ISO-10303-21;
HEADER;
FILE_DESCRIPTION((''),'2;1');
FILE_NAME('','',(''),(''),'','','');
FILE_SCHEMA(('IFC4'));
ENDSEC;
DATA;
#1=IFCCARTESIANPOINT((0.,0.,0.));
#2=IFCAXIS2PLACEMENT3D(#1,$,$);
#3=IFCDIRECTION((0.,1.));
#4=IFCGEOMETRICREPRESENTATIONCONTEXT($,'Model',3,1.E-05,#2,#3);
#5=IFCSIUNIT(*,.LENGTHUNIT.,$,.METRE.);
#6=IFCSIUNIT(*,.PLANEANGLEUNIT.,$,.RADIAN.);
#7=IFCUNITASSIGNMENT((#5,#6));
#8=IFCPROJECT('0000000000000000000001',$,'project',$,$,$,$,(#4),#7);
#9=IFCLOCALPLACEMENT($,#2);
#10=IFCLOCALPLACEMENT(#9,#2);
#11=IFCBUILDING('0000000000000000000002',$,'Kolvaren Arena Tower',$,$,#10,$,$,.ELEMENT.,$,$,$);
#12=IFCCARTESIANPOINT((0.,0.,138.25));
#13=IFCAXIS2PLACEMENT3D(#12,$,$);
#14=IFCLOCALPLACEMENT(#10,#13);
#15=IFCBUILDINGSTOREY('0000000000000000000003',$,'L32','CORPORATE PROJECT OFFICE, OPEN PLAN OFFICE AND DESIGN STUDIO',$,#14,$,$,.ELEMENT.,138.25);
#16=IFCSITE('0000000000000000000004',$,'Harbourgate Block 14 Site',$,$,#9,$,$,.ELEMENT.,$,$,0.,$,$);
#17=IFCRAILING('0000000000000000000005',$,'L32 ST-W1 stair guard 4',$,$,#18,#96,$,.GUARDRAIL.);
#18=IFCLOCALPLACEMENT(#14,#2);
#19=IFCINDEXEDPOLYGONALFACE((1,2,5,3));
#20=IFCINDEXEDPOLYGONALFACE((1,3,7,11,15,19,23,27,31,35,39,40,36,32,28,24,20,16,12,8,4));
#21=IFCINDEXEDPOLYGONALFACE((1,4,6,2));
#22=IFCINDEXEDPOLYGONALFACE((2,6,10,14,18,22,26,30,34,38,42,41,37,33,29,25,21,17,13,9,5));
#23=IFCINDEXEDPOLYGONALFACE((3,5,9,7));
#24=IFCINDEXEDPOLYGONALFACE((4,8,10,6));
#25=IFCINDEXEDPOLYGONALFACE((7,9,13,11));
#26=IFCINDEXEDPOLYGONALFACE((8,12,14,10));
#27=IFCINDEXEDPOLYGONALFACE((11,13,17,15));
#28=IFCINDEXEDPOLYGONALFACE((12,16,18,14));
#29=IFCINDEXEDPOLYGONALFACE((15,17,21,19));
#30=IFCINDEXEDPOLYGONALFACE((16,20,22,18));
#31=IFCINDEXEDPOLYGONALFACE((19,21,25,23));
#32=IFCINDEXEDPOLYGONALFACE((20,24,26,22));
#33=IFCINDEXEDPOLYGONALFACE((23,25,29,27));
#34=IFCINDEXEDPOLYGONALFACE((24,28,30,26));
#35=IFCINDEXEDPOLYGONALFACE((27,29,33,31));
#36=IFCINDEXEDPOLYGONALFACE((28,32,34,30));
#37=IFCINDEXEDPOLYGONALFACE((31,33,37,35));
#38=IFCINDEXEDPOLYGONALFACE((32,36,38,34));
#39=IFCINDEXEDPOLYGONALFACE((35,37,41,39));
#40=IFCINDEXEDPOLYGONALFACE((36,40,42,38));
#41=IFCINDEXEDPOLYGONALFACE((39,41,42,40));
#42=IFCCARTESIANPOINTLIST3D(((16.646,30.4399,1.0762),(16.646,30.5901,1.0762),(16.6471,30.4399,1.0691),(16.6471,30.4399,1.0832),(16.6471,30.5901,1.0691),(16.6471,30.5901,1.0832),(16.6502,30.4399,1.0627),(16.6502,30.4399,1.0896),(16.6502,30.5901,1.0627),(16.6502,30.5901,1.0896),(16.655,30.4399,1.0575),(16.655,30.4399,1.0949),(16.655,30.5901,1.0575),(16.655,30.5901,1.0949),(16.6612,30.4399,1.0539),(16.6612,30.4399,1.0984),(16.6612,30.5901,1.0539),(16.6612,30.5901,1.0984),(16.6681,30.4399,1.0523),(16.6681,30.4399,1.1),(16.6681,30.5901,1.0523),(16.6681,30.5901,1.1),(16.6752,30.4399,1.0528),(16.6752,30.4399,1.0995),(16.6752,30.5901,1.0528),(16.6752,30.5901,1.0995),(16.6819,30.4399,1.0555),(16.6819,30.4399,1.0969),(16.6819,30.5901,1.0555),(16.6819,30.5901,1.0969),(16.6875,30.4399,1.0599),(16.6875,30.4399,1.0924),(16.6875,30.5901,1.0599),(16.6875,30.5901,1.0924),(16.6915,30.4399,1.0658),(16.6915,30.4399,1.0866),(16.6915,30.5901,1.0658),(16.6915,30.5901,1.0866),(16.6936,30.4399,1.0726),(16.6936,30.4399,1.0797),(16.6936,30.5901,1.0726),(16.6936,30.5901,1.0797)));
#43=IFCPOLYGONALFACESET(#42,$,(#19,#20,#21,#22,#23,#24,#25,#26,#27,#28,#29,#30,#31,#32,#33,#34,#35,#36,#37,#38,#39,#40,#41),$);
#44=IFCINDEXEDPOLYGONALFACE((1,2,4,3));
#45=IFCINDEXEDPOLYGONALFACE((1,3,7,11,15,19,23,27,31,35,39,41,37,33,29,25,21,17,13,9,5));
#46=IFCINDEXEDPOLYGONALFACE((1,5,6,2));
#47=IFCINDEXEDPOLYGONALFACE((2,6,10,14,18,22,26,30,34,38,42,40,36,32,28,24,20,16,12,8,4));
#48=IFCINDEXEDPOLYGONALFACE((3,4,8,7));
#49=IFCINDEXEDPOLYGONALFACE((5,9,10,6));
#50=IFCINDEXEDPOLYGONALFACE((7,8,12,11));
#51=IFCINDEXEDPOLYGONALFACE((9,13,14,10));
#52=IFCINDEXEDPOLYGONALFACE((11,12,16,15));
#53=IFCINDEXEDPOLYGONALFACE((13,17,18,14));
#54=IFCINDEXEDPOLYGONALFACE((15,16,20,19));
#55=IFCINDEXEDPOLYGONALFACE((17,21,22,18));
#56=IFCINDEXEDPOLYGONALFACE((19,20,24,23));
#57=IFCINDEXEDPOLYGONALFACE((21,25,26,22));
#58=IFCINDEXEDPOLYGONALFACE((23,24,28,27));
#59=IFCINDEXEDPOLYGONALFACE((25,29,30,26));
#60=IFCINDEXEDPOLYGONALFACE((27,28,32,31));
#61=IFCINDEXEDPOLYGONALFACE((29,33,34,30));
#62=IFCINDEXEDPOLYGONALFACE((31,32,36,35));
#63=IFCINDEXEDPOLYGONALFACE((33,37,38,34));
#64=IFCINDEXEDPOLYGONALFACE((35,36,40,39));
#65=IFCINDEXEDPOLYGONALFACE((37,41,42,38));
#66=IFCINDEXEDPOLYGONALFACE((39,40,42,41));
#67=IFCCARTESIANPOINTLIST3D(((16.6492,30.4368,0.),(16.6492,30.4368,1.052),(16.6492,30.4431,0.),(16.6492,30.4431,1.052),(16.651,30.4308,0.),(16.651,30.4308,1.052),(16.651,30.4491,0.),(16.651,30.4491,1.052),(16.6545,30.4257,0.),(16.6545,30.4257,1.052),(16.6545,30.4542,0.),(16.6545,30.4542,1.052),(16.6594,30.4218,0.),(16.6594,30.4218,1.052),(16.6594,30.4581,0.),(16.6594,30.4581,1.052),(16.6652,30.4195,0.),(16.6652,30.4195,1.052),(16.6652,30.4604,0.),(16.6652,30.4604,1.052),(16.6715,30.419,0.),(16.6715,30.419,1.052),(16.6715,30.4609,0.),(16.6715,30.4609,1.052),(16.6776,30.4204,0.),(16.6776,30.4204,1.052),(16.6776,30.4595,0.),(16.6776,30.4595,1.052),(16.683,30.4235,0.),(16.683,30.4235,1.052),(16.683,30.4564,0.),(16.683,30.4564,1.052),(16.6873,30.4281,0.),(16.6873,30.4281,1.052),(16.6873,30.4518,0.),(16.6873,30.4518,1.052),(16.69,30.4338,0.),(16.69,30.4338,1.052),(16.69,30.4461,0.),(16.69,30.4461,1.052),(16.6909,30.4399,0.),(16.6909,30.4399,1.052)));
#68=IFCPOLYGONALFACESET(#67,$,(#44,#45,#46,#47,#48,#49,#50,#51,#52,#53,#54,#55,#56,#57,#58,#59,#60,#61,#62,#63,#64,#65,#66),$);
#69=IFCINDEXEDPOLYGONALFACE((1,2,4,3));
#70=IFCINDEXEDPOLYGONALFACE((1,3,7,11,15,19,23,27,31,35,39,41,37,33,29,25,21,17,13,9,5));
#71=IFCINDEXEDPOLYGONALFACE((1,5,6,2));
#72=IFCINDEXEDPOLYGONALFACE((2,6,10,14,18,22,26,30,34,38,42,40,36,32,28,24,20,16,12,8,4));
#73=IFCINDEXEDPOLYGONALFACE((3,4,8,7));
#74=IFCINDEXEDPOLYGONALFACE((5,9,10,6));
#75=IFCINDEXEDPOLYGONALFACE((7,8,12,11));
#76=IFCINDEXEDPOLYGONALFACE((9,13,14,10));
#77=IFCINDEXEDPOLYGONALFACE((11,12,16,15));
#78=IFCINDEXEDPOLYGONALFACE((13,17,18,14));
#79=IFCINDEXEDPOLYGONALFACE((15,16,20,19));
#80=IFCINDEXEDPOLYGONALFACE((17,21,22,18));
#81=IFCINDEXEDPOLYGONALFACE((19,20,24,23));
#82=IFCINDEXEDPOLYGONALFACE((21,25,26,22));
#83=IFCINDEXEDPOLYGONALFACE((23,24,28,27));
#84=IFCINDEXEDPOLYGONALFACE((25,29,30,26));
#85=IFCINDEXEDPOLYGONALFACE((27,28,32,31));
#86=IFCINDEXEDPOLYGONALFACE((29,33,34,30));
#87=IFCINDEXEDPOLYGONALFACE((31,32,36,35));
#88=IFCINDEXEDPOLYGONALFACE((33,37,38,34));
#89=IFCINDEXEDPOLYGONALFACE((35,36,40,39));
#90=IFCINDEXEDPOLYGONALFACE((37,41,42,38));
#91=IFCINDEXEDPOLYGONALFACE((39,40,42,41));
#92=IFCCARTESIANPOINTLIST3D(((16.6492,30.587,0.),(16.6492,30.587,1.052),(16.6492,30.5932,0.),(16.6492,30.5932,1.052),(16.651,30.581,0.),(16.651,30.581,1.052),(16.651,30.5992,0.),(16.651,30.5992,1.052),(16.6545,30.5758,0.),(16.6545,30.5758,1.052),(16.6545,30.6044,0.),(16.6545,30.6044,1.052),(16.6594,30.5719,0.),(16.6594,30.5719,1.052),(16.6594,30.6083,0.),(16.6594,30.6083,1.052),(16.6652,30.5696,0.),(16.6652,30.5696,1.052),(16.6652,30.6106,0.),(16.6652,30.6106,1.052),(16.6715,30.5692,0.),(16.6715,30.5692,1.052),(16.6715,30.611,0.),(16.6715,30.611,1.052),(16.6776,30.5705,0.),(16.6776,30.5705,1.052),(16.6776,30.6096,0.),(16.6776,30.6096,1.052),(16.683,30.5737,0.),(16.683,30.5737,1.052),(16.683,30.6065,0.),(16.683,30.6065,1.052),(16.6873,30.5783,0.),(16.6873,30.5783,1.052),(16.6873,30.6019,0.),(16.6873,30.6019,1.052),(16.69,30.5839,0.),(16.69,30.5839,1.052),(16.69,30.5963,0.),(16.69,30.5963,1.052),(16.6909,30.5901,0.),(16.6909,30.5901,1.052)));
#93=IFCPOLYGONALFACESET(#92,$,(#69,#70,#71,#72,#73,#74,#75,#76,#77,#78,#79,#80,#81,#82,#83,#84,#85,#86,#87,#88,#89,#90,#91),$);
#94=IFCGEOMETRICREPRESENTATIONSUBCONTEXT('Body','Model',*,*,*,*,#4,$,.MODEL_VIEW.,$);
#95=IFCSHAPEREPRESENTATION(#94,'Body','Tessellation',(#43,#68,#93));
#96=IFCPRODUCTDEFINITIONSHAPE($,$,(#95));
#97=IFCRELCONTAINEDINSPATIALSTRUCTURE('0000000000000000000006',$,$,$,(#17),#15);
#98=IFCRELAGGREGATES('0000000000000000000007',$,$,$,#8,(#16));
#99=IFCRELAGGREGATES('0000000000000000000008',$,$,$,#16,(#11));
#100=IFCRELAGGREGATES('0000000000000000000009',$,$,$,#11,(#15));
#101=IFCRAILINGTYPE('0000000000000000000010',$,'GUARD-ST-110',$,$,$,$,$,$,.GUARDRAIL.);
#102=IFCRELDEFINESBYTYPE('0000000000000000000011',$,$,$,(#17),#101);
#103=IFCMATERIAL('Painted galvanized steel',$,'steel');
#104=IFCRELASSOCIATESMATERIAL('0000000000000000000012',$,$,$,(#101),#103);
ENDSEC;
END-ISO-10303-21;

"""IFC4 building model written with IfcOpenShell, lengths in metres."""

from ifc_helpers import new_model, si_unit, direction, frame, origin, origin_2d, place, context, subcontext, project, spatial, circle, extrude, material, type_object, element, save


model = new_model("IFC4")

# Units and contexts
model_context = context("Model", 3, precision=1e-05, world=origin(), true_north=direction((0.0, 1.0)))
body_context = subcontext(model_context, "Body", "Model", "MODEL_VIEW")
ifc_project = project(units=[si_unit("LENGTHUNIT", "METRE"), si_unit("PLANEANGLEUNIT", "RADIAN")], contexts=[model_context])

# Site, building, storey
site_placement = place(None, origin())
site = spatial("IfcSite", under=ifc_project, at=site_placement, Name="Harbourgate Block 14 Site", CompositionType="ELEMENT", RefElevation=0.0)
building_placement = place(site_placement, origin())
building = spatial("IfcBuilding", under=site, at=building_placement, Name="Kolvaren Arena Tower", CompositionType="ELEMENT")
storey_placement = place(building_placement, frame((0.0, 0.0, 138.25)))
storey = spatial("IfcBuildingStorey", under=building, at=storey_placement, Name="L32", Description="CORPORATE PROJECT OFFICE, OPEN PLAN OFFICE AND DESIGN STUDIO", CompositionType="ELEMENT", Elevation=138.25)

# Railing
ifc_material_1 = material(Name="Painted galvanized steel", Category="steel")
railing_type_1 = type_object("IfcRailingType", Name="GUARD-ST-110", PredefinedType="GUARDRAIL", material=ifc_material_1)
railing_1_placement = place(storey_placement, frame((16.6699, 30.4399, 0.0)))
element("IfcRailing", 1, at=railing_1_placement, inside=storey, type_object=railing_type_1, Name="L32 ST-W1 stair guard 4", PredefinedType="GUARDRAIL", context=body_context, shape_type="SweptSolid", body=[
    extrude(circle(Radius=0.0239, at=origin_2d()), frame((0.0, 0.0, 1.0762), z_axis=(0.0, 1.0, 0.0), x_axis=(-1.0, 0.0, 0.0)), (0.0, 0.0, 1.0), 0.1501),
    extrude(circle(Radius=0.021, at=origin_2d()), origin(), (0.0, 0.0, 1.0), 1.052),
    extrude(circle(Radius=0.021, at=origin_2d()), frame((0.0, 0.1501, 0.0)), (0.0, 0.0, 1.0), 1.052),
])

save(model, "model.ifc")
